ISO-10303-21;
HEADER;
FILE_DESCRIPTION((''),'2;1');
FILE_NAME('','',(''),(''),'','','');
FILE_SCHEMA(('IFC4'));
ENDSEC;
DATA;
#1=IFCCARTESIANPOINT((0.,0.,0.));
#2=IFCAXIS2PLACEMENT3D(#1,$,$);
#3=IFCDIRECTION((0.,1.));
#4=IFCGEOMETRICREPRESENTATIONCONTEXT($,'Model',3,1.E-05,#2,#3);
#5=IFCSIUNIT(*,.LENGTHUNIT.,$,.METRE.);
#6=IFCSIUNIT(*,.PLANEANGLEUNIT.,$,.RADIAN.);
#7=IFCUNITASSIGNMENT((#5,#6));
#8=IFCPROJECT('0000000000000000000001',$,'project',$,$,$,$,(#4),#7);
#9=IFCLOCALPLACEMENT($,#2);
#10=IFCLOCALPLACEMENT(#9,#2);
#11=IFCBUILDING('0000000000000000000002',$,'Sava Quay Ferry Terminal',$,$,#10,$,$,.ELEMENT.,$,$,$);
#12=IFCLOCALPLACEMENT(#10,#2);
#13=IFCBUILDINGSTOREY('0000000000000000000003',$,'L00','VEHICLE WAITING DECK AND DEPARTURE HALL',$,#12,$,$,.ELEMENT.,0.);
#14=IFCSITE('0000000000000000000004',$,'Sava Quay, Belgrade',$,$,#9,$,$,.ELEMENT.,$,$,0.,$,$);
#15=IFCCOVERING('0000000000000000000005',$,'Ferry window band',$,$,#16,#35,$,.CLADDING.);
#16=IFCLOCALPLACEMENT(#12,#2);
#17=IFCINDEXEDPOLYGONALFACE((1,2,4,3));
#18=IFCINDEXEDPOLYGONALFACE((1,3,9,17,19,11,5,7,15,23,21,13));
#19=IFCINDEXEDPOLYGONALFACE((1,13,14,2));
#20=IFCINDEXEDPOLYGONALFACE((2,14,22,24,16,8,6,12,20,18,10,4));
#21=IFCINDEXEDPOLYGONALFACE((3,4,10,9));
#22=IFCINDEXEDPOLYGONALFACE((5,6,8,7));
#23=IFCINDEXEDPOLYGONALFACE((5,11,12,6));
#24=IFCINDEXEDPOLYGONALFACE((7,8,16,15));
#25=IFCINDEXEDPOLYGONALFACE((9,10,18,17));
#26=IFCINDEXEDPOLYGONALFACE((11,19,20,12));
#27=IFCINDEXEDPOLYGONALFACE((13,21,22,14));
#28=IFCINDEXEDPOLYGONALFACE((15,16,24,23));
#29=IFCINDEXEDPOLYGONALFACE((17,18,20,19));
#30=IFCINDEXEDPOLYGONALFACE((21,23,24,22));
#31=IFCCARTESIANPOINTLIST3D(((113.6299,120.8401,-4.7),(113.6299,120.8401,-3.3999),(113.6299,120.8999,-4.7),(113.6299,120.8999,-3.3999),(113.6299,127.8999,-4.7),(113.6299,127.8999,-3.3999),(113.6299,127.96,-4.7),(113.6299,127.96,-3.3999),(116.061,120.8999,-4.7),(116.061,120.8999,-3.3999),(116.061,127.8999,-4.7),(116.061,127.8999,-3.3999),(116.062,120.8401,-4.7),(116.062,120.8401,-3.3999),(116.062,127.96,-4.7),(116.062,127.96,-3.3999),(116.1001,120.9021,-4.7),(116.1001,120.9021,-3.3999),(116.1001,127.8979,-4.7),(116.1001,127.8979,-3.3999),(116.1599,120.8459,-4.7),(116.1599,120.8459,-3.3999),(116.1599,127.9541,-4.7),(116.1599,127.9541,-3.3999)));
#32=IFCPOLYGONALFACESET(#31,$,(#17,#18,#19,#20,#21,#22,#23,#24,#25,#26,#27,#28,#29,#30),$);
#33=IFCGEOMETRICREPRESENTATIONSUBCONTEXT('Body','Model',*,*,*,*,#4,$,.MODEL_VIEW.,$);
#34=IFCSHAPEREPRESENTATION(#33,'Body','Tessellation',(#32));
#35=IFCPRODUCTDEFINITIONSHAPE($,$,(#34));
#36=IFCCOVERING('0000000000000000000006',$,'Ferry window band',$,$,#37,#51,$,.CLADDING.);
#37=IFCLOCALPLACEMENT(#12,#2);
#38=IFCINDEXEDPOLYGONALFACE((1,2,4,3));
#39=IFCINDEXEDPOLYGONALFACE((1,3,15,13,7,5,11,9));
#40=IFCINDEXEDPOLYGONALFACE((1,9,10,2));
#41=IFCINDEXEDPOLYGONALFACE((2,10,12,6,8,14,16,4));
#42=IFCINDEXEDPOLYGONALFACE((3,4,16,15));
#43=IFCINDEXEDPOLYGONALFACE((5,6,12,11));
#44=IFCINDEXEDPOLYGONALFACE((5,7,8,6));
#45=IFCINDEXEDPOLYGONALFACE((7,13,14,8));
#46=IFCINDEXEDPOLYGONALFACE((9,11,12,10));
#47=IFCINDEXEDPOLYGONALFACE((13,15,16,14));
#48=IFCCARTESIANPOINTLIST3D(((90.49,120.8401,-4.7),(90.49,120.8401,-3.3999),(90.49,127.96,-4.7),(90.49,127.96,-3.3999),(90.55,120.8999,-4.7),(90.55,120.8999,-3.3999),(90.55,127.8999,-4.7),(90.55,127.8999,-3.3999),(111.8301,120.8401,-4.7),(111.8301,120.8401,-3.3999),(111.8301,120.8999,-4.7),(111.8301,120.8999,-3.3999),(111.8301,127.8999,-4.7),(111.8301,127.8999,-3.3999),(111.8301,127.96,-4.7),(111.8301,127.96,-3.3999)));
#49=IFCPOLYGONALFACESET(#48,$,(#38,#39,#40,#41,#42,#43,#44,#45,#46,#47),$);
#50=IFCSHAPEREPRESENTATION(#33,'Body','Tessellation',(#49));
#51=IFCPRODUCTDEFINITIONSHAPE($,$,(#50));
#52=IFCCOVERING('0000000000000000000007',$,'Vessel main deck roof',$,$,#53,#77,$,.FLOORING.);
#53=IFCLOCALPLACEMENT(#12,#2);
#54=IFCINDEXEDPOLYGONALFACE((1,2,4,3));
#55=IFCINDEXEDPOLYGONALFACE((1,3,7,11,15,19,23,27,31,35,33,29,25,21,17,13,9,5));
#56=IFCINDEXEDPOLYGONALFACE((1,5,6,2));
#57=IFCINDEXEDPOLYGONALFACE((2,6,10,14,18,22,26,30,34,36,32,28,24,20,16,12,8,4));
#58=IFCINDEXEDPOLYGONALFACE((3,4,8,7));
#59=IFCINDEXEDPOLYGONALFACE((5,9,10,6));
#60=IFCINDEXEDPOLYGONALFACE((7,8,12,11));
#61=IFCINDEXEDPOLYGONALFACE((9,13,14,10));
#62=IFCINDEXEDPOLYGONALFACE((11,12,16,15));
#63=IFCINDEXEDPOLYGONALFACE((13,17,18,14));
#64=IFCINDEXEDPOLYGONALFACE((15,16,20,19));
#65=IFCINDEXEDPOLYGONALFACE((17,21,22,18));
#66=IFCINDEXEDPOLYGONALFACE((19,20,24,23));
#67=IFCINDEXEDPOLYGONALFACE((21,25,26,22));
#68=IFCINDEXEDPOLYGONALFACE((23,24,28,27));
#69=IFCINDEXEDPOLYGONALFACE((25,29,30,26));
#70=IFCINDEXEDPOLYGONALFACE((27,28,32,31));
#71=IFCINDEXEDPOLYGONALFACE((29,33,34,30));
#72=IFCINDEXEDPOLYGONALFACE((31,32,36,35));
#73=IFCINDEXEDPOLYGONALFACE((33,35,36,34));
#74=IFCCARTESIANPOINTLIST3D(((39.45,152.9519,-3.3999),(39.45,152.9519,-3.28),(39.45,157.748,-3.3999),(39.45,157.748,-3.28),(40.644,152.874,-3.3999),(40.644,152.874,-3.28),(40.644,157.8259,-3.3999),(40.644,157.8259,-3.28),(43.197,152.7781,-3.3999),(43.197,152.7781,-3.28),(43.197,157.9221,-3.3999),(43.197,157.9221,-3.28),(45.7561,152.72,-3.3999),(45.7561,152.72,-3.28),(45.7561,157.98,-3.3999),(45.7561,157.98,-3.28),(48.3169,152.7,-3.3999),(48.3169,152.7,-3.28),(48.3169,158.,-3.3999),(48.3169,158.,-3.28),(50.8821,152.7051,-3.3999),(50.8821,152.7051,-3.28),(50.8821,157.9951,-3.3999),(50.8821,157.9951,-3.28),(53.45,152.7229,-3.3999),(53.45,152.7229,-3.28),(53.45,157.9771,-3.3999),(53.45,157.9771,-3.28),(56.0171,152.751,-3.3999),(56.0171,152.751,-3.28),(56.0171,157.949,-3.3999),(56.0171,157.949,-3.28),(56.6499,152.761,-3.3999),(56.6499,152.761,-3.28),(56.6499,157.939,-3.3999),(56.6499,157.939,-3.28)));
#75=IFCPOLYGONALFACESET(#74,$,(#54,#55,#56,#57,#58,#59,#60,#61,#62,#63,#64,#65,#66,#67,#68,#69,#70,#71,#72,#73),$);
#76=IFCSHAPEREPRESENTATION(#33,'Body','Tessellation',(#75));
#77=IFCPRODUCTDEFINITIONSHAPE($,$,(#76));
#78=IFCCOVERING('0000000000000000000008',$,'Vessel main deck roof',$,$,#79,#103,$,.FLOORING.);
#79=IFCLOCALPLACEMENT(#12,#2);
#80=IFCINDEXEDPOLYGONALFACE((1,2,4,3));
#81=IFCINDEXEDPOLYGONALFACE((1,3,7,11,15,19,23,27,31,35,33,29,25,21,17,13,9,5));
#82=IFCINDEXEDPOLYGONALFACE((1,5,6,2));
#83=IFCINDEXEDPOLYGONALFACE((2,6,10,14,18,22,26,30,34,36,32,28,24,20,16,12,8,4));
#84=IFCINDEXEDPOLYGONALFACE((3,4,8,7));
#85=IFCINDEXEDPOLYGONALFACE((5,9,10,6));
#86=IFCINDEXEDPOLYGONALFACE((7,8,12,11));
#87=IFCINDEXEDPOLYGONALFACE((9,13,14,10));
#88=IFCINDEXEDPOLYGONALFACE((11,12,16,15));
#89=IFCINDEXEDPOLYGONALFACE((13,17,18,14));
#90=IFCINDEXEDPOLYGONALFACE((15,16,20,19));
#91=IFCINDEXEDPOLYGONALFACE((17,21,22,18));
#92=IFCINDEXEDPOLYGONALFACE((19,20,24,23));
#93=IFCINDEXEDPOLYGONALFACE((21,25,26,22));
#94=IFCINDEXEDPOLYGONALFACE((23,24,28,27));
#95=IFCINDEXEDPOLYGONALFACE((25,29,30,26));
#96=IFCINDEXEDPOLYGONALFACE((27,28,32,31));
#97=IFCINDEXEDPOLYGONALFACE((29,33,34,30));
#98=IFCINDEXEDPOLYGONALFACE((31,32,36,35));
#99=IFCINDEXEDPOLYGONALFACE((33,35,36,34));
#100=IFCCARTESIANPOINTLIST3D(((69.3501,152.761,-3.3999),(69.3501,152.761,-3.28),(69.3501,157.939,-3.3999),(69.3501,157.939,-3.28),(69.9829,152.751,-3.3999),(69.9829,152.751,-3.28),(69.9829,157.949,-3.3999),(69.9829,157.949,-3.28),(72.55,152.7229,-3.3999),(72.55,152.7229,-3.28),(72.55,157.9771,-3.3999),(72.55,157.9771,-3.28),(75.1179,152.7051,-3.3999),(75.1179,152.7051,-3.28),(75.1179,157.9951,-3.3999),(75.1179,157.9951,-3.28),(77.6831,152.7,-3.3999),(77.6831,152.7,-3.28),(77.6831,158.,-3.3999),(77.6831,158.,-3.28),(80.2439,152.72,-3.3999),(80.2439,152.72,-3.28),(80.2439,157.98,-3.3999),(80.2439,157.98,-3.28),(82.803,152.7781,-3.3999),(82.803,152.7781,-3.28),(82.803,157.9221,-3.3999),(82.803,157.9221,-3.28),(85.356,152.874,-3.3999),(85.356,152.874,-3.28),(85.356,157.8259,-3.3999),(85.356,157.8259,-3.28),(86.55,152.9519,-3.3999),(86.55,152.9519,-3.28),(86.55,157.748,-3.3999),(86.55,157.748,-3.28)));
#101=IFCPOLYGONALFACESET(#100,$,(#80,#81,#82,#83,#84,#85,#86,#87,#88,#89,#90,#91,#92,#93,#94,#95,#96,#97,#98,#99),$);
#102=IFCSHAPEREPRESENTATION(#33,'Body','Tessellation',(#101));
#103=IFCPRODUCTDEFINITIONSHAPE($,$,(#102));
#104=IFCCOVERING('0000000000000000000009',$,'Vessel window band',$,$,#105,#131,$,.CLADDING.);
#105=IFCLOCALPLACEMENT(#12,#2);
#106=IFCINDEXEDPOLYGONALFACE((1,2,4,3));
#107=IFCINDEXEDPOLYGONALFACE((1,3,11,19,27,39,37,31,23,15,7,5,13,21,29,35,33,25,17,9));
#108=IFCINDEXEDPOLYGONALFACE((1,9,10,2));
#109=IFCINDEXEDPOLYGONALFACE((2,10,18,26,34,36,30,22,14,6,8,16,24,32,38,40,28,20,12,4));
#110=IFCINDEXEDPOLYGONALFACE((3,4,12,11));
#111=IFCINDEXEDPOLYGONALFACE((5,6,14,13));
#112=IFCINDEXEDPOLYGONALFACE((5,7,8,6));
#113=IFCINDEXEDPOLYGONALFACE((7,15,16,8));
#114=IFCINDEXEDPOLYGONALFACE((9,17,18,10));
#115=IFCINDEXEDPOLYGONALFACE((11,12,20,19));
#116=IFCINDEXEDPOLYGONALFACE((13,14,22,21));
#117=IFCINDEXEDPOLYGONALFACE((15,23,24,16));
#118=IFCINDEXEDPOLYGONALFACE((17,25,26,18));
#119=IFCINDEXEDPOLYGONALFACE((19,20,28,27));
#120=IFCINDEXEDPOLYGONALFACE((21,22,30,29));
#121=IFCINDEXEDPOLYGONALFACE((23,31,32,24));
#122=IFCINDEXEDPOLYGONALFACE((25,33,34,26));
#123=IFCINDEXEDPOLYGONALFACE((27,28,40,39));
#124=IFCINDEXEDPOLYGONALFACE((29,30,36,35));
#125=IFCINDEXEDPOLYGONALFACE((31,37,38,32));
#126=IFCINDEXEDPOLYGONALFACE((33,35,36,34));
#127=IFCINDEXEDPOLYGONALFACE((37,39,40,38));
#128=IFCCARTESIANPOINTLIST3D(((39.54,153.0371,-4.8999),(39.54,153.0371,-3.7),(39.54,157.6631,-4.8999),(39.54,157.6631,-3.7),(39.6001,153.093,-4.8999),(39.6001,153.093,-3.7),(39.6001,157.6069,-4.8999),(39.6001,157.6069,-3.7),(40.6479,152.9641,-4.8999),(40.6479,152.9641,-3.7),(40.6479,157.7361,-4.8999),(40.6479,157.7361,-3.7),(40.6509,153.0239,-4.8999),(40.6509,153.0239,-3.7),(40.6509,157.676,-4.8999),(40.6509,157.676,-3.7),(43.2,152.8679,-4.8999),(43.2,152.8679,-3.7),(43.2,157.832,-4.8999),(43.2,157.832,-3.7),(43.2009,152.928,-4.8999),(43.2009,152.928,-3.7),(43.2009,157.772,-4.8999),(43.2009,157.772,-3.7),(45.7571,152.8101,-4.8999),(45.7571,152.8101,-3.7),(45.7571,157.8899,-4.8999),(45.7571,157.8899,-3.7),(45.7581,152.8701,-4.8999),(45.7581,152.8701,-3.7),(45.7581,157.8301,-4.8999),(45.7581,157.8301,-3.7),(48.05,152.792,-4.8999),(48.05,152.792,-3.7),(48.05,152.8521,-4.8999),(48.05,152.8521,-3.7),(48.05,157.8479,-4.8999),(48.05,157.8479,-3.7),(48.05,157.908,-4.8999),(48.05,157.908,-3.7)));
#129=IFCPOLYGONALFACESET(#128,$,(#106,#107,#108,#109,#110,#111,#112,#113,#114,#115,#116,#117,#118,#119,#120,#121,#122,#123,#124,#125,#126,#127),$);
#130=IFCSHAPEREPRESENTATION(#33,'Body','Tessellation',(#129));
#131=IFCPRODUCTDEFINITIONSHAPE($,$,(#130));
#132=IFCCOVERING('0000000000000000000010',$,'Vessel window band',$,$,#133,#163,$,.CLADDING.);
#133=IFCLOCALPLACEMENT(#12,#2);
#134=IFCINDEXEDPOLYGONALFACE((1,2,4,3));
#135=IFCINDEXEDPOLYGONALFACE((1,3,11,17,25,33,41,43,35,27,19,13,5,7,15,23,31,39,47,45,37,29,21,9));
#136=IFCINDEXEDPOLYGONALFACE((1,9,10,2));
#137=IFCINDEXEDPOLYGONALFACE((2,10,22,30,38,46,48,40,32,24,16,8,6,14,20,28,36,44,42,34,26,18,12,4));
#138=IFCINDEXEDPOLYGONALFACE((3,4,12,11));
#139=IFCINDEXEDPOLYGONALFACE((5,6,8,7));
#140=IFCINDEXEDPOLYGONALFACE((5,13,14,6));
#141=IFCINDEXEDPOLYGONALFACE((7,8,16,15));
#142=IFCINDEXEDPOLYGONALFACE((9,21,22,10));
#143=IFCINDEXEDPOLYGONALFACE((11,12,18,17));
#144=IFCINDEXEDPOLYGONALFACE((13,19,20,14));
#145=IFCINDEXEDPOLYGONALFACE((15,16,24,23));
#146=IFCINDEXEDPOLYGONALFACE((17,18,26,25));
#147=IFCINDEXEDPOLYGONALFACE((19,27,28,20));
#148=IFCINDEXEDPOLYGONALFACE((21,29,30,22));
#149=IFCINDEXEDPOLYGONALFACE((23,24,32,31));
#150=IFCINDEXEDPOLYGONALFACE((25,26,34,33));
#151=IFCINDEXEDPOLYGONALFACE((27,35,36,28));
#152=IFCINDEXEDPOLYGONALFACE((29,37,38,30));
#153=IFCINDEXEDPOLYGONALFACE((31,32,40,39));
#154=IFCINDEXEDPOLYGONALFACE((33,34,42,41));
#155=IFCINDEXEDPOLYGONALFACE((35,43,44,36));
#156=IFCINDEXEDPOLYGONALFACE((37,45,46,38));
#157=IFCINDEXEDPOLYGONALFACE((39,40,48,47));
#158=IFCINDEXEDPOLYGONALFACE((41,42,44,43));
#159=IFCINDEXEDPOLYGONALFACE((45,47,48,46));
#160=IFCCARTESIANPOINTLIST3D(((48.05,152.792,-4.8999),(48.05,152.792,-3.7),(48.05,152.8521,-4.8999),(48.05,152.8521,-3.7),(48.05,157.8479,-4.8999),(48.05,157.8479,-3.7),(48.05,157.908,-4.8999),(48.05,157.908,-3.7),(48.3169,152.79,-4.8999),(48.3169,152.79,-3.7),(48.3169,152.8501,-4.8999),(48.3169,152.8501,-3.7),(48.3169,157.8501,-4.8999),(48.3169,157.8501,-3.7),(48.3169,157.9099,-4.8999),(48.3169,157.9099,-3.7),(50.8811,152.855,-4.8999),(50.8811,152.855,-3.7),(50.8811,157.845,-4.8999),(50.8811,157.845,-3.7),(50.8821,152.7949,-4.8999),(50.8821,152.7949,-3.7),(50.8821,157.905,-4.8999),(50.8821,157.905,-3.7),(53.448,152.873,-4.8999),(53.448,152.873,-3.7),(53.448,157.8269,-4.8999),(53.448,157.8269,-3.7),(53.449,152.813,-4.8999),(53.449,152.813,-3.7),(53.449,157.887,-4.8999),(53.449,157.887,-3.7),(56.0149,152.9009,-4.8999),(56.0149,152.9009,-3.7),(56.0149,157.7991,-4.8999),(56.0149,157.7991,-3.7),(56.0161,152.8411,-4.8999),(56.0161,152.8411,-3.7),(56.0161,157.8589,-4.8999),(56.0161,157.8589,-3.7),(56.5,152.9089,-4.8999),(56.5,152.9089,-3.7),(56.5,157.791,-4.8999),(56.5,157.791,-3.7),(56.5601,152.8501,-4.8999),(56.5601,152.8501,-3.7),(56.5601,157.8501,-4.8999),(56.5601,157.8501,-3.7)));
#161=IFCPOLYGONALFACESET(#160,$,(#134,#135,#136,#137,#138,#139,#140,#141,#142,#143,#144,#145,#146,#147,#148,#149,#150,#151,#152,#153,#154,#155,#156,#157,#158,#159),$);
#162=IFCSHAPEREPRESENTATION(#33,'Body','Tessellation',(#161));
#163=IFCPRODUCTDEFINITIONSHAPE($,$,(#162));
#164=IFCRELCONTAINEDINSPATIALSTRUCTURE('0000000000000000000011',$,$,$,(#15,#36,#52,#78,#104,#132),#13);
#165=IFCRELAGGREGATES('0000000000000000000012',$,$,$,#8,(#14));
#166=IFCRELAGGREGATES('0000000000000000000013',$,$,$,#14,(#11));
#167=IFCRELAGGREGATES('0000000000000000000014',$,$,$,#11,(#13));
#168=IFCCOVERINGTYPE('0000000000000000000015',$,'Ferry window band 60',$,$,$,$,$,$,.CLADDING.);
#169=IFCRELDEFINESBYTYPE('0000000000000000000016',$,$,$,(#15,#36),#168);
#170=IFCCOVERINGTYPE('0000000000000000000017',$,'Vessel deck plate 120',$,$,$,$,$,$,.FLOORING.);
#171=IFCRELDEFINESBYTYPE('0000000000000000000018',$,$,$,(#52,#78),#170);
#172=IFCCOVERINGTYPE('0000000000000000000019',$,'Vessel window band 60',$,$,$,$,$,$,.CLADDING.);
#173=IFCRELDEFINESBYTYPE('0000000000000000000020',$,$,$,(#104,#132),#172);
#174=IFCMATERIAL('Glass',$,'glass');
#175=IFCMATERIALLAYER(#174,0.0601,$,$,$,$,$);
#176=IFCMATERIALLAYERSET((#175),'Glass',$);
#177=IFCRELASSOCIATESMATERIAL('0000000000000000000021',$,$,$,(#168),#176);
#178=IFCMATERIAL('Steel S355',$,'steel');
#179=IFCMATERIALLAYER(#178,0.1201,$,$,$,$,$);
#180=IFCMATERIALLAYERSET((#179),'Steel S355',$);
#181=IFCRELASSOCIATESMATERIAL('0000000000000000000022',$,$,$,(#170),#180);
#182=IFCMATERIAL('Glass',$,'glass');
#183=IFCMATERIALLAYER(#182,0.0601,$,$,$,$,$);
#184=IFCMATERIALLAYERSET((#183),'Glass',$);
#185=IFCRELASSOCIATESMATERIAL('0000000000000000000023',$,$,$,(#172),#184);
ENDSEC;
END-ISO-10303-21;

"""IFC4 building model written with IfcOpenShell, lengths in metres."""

from ifc_helpers import new_model, si_unit, direction, frame, origin, place, context, subcontext, project, spatial, polyline, outline, extrude, material, layer, layer_set, type_object, element, save


model = new_model("IFC4")

# Units and contexts
model_context = context("Model", 3, precision=1e-05, world=origin(), true_north=direction((0.0, 1.0)))
body_context = subcontext(model_context, "Body", "Model", "MODEL_VIEW")
ifc_project = project(units=[si_unit("LENGTHUNIT", "METRE"), si_unit("PLANEANGLEUNIT", "RADIAN")], contexts=[model_context])

# Site, building, storey
site_placement = place(None, origin())
site = spatial("IfcSite", under=ifc_project, at=site_placement, Name="Sava Quay, Belgrade", CompositionType="ELEMENT", RefElevation=0.0)
building_placement = place(site_placement, origin())
building = spatial("IfcBuilding", under=site, at=building_placement, Name="Sava Quay Ferry Terminal", CompositionType="ELEMENT")
storey_placement = place(building_placement, origin())
storey = spatial("IfcBuildingStorey", under=building, at=storey_placement, Name="L00", Description="VEHICLE WAITING DECK AND DEPARTURE HALL", CompositionType="ELEMENT", Elevation=0.0)

# Coverings
ifc_material_1 = material(Name="Glass", Category="glass")
ifc_layer_1 = layer(ifc_material_1, 0.0601)
ifc_layer_set_1 = layer_set([ifc_layer_1], Name="Glass")
covering_type_1 = type_object("IfcCoveringType", Name="Ferry window band 60", PredefinedType="CLADDING", material=ifc_layer_set_1)
covering_1_placement = place(storey_placement, frame((0.0, 0.0, -4.7)))
element("IfcCovering", 1, at=covering_1_placement, inside=storey, type_object=covering_type_1, Name="Ferry window band", PredefinedType="CLADDING", context=body_context, shape_type="SweptSolid", body=[
    extrude(outline(polyline([(116.1599, 120.8459), (116.1599, 127.9541), (116.062, 127.96), (113.6299, 127.96), (113.6299, 127.8999), (116.061, 127.8999), (116.1001, 127.8979), (116.1001, 120.9021), (116.061, 120.8999), (113.6299, 120.8999), (113.6299, 120.8401), (116.062, 120.8401), (116.1599, 120.8459)])), origin(), (0.0, 0.0, 1.0), 1.3),
])
covering_2_placement = place(storey_placement, frame((0.0, 0.0, -4.7)))
element("IfcCovering", 2, at=covering_2_placement, inside=storey, type_object=covering_type_1, Name="Ferry window band", PredefinedType="CLADDING", context=body_context, shape_type="SweptSolid", body=[
    extrude(outline(polyline([(90.49, 120.8401), (111.8301, 120.8401), (111.8301, 120.8999), (90.55, 120.8999), (90.55, 127.8999), (111.8301, 127.8999), (111.8301, 127.96), (90.49, 127.96), (90.49, 120.8401)])), origin(), (0.0, 0.0, 1.0), 1.3),
])
ifc_material_2 = material(Name="Steel S355", Category="steel")
ifc_layer_2 = layer(ifc_material_2, 0.1201)
ifc_layer_set_2 = layer_set([ifc_layer_2], Name="Steel S355")
covering_type_2 = type_object("IfcCoveringType", Name="Vessel deck plate 120", PredefinedType="FLOORING", material=ifc_layer_set_2)
covering_3_placement = place(storey_placement, frame((0.0, 0.0, -3.3999)))
element("IfcCovering", 3, at=covering_3_placement, inside=storey, type_object=covering_type_2, Name="Vessel main deck roof", PredefinedType="FLOORING", context=body_context, shape_type="SweptSolid", body=[
    extrude(outline(polyline([(56.0171, 157.949), (53.45, 157.9771), (50.8821, 157.9951), (48.3169, 158.0), (45.7561, 157.98), (43.197, 157.9221), (40.644, 157.8259), (39.45, 157.748), (39.45, 152.9519), (40.644, 152.874), (43.197, 152.7781), (45.7561, 152.72), (48.3169, 152.7), (50.8821, 152.7051), (53.45, 152.7229), (56.0171, 152.751), (56.6499, 152.761), (56.6499, 157.939), (56.0171, 157.949)])), origin(), (0.0, 0.0, 1.0), 0.1199),
])
covering_4_placement = place(storey_placement, frame((0.0, 0.0, -3.3999)))
element("IfcCovering", 4, at=covering_4_placement, inside=storey, type_object=covering_type_2, Name="Vessel main deck roof", PredefinedType="FLOORING", context=body_context, shape_type="SweptSolid", body=[
    extrude(outline(polyline([(69.9829, 157.949), (69.3501, 157.939), (69.3501, 152.761), (69.9829, 152.751), (72.55, 152.7229), (75.1179, 152.7051), (77.6831, 152.7), (80.2439, 152.72), (82.803, 152.7781), (85.356, 152.874), (86.55, 152.9519), (86.55, 157.748), (85.356, 157.8259), (82.803, 157.9221), (80.2439, 157.98), (77.6831, 158.0), (75.1179, 157.9951), (72.55, 157.9771), (69.9829, 157.949)])), origin(), (0.0, 0.0, 1.0), 0.1199),
])
ifc_material_3 = material(Name="Glass", Category="glass")
ifc_layer_3 = layer(ifc_material_3, 0.0601)
ifc_layer_set_3 = layer_set([ifc_layer_3], Name="Glass")
covering_type_3 = type_object("IfcCoveringType", Name="Vessel window band 60", PredefinedType="CLADDING", material=ifc_layer_set_3)
covering_5_placement = place(storey_placement, frame((0.0, 0.0, -4.8999)))
element("IfcCovering", 5, at=covering_5_placement, inside=storey, type_object=covering_type_3, Name="Vessel window band", PredefinedType="CLADDING", context=body_context, shape_type="SweptSolid", body=[
    extrude(outline(polyline([(45.7571, 152.8101), (48.05, 152.792), (48.05, 152.8521), (45.7581, 152.8701), (43.2009, 152.928), (40.6509, 153.0239), (39.6001, 153.093), (39.6001, 157.6069), (40.6509, 157.676), (43.2009, 157.772), (45.7581, 157.8301), (48.05, 157.8479), (48.05, 157.908), (45.7571, 157.8899), (43.2, 157.832), (40.6479, 157.7361), (39.54, 157.6631), (39.54, 153.0371), (40.6479, 152.9641), (43.2, 152.8679), (45.7571, 152.8101)])), origin(), (0.0, 0.0, 1.0), 1.2),
])
covering_6_placement = place(storey_placement, frame((0.0, 0.0, -4.8999)))
element("IfcCovering", 6, at=covering_6_placement, inside=storey, type_object=covering_type_3, Name="Vessel window band", PredefinedType="CLADDING", context=body_context, shape_type="SweptSolid", body=[
    extrude(outline(polyline([(48.3169, 157.9099), (48.05, 157.908), (48.05, 157.8479), (48.3169, 157.8501), (50.8811, 157.845), (53.448, 157.8269), (56.0149, 157.7991), (56.5, 157.791), (56.5, 152.9089), (56.0149, 152.9009), (53.448, 152.873), (50.8811, 152.855), (48.3169, 152.8501), (48.05, 152.8521), (48.05, 152.792), (48.3169, 152.79), (50.8821, 152.7949), (53.449, 152.813), (56.0161, 152.8411), (56.5601, 152.8501), (56.5601, 157.8501), (56.0161, 157.8589), (53.449, 157.887), (50.8821, 157.905), (48.3169, 157.9099)])), origin(), (0.0, 0.0, 1.0), 1.2),
])

save(model, "model.ifc")
